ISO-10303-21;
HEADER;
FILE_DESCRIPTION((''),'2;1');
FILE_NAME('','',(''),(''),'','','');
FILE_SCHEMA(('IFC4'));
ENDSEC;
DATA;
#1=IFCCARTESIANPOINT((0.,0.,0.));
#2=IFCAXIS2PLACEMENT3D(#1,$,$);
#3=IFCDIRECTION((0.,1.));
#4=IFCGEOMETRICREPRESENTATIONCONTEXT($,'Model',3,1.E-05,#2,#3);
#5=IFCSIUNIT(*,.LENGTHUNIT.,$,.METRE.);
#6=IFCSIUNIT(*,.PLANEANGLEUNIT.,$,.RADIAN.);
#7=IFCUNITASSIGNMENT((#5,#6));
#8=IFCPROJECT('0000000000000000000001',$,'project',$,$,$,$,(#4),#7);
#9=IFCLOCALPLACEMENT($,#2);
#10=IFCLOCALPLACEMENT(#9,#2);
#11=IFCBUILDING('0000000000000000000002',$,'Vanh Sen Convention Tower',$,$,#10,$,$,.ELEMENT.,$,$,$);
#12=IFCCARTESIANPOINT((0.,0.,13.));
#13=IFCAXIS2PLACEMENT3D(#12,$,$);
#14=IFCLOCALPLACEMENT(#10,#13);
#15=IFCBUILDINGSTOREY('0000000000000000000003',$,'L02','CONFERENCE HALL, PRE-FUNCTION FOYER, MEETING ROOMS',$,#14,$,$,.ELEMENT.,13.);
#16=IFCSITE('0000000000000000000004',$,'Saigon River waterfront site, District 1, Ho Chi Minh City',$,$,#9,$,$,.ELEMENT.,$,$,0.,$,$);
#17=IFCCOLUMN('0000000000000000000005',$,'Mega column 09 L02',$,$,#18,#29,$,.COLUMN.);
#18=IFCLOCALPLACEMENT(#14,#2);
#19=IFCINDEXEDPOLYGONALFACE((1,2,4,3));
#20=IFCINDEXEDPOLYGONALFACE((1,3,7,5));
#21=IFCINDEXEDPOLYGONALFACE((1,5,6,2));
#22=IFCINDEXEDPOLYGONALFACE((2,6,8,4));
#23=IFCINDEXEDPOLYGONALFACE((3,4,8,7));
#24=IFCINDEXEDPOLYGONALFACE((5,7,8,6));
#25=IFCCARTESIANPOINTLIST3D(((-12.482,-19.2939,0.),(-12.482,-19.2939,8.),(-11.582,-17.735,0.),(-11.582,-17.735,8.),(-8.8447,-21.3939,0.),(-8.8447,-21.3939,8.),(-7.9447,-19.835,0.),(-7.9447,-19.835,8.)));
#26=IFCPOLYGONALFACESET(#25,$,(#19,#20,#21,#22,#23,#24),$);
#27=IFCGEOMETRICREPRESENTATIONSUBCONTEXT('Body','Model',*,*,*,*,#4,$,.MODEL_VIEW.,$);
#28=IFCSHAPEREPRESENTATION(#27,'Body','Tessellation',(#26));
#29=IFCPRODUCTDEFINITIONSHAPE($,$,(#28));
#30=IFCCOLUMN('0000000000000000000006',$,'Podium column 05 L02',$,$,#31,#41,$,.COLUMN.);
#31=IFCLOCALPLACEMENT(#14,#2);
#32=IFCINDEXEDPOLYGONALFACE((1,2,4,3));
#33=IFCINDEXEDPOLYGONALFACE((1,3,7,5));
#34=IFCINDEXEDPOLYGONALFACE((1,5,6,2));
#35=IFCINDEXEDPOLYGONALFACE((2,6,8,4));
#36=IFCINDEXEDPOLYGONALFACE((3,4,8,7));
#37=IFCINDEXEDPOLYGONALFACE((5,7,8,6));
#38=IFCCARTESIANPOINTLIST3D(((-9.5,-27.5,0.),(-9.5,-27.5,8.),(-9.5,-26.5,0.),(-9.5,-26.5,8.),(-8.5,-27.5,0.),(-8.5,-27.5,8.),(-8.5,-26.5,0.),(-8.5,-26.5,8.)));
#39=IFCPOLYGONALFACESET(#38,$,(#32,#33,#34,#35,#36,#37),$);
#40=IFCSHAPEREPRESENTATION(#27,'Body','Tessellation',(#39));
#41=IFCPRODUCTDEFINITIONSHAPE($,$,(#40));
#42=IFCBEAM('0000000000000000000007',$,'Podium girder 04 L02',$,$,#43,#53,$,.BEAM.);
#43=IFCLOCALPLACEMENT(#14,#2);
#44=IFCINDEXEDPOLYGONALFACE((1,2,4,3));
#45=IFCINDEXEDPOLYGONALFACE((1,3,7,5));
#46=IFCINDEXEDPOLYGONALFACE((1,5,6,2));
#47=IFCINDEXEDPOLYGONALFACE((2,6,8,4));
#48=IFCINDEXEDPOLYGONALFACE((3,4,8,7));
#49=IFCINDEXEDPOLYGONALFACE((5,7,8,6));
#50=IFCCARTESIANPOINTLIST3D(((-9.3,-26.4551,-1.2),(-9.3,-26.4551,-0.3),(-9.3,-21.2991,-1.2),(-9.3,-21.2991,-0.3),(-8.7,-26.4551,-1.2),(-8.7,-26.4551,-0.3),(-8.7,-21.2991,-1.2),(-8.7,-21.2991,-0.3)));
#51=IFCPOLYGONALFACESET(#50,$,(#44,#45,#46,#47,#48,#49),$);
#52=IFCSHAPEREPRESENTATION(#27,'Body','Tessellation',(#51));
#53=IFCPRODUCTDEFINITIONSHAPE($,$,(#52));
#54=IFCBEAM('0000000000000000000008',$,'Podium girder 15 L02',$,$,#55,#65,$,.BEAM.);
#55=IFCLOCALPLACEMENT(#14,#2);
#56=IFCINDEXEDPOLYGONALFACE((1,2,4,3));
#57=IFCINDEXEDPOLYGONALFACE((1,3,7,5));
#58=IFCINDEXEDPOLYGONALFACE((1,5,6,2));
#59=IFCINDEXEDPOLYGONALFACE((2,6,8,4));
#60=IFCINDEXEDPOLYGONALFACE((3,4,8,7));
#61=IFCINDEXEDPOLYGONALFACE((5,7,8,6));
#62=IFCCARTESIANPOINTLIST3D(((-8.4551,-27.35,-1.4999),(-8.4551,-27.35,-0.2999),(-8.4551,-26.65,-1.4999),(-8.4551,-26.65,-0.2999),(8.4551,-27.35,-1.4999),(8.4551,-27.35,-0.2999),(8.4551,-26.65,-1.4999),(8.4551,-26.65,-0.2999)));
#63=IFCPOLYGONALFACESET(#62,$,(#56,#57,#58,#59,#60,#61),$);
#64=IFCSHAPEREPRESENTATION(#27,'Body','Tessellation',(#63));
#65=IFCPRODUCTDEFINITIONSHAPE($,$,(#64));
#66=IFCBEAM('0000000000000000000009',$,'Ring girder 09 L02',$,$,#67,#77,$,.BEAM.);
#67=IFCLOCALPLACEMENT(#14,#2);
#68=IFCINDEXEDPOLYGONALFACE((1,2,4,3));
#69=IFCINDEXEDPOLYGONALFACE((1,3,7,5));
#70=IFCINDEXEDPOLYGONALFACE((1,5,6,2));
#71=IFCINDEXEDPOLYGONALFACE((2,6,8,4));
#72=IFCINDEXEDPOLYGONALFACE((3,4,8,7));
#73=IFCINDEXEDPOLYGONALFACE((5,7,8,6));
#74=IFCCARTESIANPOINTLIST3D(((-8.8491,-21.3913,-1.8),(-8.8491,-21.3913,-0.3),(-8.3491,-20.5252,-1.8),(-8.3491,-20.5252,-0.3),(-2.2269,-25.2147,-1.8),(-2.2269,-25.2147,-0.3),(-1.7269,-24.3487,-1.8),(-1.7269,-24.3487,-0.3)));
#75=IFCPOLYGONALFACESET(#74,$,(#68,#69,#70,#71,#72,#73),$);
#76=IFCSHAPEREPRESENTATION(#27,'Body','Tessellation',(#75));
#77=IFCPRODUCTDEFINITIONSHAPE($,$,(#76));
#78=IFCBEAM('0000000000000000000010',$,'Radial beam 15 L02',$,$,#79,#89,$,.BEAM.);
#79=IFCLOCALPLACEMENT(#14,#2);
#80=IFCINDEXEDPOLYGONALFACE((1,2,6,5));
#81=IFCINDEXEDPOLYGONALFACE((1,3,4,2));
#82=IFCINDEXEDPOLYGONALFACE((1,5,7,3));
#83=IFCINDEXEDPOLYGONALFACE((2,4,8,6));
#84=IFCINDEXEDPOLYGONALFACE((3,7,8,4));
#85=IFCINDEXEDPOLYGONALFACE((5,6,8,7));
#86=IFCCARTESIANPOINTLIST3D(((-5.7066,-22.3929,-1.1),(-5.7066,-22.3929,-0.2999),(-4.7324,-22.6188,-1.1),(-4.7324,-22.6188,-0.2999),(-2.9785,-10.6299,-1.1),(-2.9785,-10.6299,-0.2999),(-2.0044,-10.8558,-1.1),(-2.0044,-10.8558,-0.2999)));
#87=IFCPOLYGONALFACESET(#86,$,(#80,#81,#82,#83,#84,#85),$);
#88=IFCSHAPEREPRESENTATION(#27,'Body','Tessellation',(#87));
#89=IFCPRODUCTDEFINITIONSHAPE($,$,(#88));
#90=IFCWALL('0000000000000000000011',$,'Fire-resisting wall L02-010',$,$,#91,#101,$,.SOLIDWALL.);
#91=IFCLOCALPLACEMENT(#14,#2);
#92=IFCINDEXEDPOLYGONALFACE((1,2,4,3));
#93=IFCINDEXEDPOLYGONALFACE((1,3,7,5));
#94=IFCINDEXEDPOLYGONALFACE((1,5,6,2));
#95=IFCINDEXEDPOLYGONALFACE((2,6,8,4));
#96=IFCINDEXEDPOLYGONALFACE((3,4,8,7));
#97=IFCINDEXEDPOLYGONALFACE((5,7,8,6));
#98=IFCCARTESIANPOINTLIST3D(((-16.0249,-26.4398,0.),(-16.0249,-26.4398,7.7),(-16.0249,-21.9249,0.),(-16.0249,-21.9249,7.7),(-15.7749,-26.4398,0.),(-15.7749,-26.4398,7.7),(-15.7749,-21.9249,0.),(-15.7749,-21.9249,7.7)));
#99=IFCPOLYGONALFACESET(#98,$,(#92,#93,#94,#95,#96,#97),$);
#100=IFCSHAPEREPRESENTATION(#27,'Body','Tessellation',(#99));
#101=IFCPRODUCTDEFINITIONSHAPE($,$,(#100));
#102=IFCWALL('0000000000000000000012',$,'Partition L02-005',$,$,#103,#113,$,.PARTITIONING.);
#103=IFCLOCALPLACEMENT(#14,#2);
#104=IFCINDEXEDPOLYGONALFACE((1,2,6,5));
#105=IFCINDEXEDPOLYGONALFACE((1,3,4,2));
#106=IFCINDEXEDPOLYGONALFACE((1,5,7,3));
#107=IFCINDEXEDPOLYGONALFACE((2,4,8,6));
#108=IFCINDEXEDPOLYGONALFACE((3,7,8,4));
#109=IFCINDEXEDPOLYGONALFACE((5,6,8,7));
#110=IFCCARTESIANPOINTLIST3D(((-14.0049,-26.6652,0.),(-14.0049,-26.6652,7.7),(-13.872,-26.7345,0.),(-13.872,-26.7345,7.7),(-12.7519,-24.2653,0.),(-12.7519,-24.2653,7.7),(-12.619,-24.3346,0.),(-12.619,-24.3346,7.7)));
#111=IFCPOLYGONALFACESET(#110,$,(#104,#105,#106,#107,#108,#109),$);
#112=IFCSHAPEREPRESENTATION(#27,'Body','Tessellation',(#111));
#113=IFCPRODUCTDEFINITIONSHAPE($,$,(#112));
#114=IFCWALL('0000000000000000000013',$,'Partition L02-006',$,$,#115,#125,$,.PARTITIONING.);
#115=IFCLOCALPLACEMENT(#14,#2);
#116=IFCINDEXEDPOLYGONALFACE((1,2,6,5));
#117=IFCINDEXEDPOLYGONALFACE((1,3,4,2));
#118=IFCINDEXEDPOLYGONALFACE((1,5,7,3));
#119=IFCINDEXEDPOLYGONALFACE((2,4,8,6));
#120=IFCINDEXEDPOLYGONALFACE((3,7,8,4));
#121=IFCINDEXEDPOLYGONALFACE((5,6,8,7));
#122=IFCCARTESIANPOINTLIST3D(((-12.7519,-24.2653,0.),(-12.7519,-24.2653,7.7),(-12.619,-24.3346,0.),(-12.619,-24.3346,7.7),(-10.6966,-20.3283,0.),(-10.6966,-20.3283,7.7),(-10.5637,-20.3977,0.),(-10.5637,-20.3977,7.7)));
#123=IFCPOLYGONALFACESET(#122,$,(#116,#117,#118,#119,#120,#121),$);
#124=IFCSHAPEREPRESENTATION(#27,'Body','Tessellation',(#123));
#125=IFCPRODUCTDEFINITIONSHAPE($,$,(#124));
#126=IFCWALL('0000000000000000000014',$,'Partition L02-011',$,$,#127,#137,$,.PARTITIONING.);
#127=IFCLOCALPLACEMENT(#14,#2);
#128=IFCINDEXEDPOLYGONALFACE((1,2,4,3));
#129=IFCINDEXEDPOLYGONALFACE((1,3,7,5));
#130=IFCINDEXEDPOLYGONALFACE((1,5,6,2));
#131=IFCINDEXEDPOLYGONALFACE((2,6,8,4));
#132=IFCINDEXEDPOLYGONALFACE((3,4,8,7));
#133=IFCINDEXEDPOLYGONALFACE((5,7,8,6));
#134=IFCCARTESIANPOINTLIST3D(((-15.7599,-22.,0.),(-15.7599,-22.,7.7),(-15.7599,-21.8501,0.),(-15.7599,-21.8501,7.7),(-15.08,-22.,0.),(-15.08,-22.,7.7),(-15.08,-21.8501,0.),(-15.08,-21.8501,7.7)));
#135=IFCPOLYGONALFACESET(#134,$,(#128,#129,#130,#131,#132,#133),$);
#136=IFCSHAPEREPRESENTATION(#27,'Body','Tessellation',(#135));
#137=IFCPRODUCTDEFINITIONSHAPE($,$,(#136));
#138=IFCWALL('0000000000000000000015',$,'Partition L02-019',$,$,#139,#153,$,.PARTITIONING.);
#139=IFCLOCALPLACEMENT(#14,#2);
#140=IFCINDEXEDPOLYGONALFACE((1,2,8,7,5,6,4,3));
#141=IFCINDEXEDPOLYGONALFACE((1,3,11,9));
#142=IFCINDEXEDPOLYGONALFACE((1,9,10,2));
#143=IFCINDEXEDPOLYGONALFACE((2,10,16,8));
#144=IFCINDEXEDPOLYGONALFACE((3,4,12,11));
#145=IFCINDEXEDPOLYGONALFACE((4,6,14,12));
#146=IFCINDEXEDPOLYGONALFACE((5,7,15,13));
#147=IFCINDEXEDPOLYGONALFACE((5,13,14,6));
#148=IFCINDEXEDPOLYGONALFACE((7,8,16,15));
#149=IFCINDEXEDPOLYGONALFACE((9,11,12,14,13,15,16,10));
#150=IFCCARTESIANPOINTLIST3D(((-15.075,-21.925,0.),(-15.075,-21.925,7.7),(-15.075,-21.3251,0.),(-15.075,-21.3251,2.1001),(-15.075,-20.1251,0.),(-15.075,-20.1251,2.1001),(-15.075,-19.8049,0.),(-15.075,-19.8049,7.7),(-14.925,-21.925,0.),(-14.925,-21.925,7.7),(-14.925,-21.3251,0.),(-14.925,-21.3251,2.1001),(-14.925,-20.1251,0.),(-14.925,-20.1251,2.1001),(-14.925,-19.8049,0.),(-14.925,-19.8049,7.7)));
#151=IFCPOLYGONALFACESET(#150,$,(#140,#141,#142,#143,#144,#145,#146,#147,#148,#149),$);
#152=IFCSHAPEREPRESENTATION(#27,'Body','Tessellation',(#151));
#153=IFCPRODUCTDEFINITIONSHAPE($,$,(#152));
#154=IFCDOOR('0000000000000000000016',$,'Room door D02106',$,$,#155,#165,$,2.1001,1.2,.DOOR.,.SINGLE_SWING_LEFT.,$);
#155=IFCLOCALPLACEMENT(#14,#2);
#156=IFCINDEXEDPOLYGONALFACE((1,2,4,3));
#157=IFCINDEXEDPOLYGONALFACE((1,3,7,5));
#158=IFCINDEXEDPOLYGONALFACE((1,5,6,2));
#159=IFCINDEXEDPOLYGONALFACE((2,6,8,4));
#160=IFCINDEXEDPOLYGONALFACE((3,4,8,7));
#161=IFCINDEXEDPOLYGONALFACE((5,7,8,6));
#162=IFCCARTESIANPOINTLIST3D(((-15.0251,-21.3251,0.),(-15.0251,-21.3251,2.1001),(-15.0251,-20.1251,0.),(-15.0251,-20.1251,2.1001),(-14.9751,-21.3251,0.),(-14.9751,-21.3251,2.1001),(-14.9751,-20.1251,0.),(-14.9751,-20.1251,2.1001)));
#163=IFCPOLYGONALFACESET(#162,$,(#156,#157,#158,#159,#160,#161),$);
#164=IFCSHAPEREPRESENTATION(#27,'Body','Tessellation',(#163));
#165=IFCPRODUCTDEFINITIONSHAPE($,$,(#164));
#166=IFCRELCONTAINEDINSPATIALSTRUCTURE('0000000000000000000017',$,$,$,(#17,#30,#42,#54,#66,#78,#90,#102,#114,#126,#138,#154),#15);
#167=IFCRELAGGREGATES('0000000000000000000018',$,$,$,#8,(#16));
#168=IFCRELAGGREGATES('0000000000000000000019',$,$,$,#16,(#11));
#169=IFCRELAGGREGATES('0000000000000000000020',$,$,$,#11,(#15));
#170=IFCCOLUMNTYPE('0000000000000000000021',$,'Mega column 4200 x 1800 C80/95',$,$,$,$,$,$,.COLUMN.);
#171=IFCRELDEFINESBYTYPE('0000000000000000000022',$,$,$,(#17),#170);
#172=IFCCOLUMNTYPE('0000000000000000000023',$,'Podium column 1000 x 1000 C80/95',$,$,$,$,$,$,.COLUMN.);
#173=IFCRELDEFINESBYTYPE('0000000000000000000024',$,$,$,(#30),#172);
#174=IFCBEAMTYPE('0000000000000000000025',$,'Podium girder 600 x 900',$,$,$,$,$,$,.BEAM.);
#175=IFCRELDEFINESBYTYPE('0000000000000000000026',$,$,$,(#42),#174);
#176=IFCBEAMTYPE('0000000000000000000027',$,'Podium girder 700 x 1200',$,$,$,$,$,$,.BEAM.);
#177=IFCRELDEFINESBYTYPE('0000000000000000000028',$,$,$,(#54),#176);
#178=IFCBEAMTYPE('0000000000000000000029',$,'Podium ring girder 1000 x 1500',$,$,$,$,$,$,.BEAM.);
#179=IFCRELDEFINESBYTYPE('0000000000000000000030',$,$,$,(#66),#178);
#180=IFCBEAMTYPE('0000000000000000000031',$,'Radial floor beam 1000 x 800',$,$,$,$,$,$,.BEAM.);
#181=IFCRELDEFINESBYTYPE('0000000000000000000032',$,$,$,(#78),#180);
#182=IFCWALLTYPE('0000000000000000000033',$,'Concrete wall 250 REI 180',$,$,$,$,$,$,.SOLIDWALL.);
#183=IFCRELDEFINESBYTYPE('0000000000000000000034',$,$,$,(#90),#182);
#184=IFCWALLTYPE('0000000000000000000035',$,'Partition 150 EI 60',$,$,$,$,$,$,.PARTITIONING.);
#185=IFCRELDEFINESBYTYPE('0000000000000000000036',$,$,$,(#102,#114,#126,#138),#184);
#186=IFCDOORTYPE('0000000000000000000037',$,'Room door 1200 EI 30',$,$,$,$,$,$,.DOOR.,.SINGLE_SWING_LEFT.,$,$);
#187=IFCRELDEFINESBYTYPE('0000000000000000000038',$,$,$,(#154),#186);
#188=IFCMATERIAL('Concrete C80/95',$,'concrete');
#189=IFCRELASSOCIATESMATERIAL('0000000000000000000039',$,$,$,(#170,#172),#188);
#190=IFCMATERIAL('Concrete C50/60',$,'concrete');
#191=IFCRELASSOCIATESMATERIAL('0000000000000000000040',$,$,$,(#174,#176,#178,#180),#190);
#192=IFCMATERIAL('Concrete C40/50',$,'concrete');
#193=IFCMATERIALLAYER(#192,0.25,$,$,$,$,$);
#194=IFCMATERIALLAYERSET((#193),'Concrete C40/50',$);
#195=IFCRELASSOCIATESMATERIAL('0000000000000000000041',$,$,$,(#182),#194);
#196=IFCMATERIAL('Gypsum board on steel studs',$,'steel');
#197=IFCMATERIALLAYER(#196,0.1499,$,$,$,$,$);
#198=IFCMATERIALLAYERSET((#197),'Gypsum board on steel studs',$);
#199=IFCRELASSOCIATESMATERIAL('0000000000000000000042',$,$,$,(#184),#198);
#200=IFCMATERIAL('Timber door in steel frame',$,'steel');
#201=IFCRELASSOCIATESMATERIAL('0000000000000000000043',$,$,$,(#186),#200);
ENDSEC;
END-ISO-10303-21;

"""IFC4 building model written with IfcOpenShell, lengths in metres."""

from ifc_helpers import new_model, si_unit, direction, frame, frame_2d, origin, origin_2d, place, context, subcontext, project, spatial, rectangle, extrude, material, layer, layer_set, material_profile, profile_set, type_object, element, fill, save


model = new_model("IFC4")

# Units and contexts
model_context = context("Model", 3, precision=1e-05, world=origin(), true_north=direction((0.0, 1.0)))
body_context = subcontext(model_context, "Body", "Model", "MODEL_VIEW")
ifc_project = project(units=[si_unit("LENGTHUNIT", "METRE"), si_unit("PLANEANGLEUNIT", "RADIAN")], contexts=[model_context])

# Site, building, storey
site_placement = place(None, origin())
site = spatial("IfcSite", under=ifc_project, at=site_placement, Name="Saigon River waterfront site, District 1, Ho Chi Minh City", CompositionType="ELEMENT", RefElevation=0.0)
building_placement = place(site_placement, origin())
building = spatial("IfcBuilding", under=site, at=building_placement, Name="Vanh Sen Convention Tower", CompositionType="ELEMENT")
storey_placement = place(building_placement, frame((0.0, 0.0, 13.0)))
storey = spatial("IfcBuildingStorey", under=building, at=storey_placement, Name="L02", Description="CONFERENCE HALL, PRE-FUNCTION FOYER, MEETING ROOMS", CompositionType="ELEMENT", Elevation=13.0)

# Columns
ifc_material_1 = material(Name="Concrete C80/95", Category="concrete")
ifc_material_profile_1 = material_profile(ifc_material_1, rectangle(XDim=4.2, YDim=1.8, at=origin_2d()), Name="RC 4200X1800")
ifc_profile_set_1 = profile_set([ifc_material_profile_1], Name="Concrete C80/95")
column_type_1 = type_object("IfcColumnType", Name="Mega column 4200 x 1800 C80/95", PredefinedType="COLUMN", material=ifc_profile_set_1)
column_1_placement = place(storey_placement, frame((-10.2134, -19.5645, 0.0), z_axis=(0.0, 0.0, 1.0), x_axis=(0.866028, -0.499995, 0.0)))
element("IfcColumn", 1, at=column_1_placement, inside=storey, type_object=column_type_1, Name="Mega column 09 L02", PredefinedType="COLUMN", context=body_context, shape_type="SweptSolid", body=[
    extrude(rectangle(XDim=4.2, YDim=1.8, at=origin_2d()), origin(), (0.0, 0.0, 1.0), 8.0),
])
ifc_material_profile_2 = material_profile(ifc_material_1, rectangle(XDim=1.0, YDim=1.0, at=origin_2d()), Name="RC 1000X1000")
ifc_profile_set_2 = profile_set([ifc_material_profile_2], Name="Concrete C80/95")
column_type_2 = type_object("IfcColumnType", Name="Podium column 1000 x 1000 C80/95", PredefinedType="COLUMN", material=ifc_profile_set_2)
column_2_placement = place(storey_placement, frame((-9.0, -27.0, 0.0), z_axis=(0.0, 0.0, 1.0), x_axis=(1.0, 0.0, 0.0)))
element("IfcColumn", 2, at=column_2_placement, inside=storey, type_object=column_type_2, Name="Podium column 05 L02", PredefinedType="COLUMN", context=body_context, shape_type="SweptSolid", body=[
    extrude(rectangle(XDim=1.0, YDim=1.0, at=origin_2d()), origin(), (0.0, 0.0, 1.0), 8.0),
])

# Beams
ifc_material_2 = material(Name="Concrete C50/60", Category="concrete")
ifc_material_profile_3 = material_profile(ifc_material_2, rectangle(XDim=0.6001, YDim=0.8999, at=origin_2d()), Name="RC 600X900")
ifc_profile_set_3 = profile_set([ifc_material_profile_3], Name="Concrete C50/60")
beam_type_1 = type_object("IfcBeamType", Name="Podium girder 600 x 900", PredefinedType="BEAM", material=ifc_profile_set_3)
beam_1_placement = place(storey_placement, frame((-9.0, -26.4551, -0.75), z_axis=(0.0, 1.0, 0.0), x_axis=(-1.0, 0.0, 0.0)))
element("IfcBeam", 3, at=beam_1_placement, inside=storey, type_object=beam_type_1, Name="Podium girder 04 L02", PredefinedType="BEAM", context=body_context, shape_type="SweptSolid", body=[
    extrude(rectangle(XDim=0.6001, YDim=0.8999, at=origin_2d()), origin(), (0.0, 0.0, 1.0), 5.156),
])
ifc_material_profile_4 = material_profile(ifc_material_2, rectangle(XDim=0.7, YDim=1.2, at=origin_2d()), Name="RC 700X1200")
ifc_profile_set_4 = profile_set([ifc_material_profile_4], Name="Concrete C50/60")
beam_type_2 = type_object("IfcBeamType", Name="Podium girder 700 x 1200", PredefinedType="BEAM", material=ifc_profile_set_4)
beam_2_placement = place(storey_placement, frame((-8.4551, -27.0, -0.8999), z_axis=(1.0, 0.0, 0.0), x_axis=(0.0, 1.0, 0.0)))
element("IfcBeam", 4, at=beam_2_placement, inside=storey, type_object=beam_type_2, Name="Podium girder 15 L02", PredefinedType="BEAM", context=body_context, shape_type="SweptSolid", body=[
    extrude(rectangle(XDim=0.7, YDim=1.2, at=origin_2d()), origin(), (0.0, 0.0, 1.0), 16.9102),
])
ifc_material_profile_5 = material_profile(ifc_material_2, rectangle(XDim=1.0, YDim=1.5, at=origin_2d()), Name="RC 1000X1500")
ifc_profile_set_5 = profile_set([ifc_material_profile_5], Name="Concrete C50/60")
beam_type_3 = type_object("IfcBeamType", Name="Podium ring girder 1000 x 1500", PredefinedType="BEAM", material=ifc_profile_set_5)
beam_3_placement = place(storey_placement, frame((-8.5991, -20.9583, -1.05), z_axis=(0.86602, -0.500009, 0.0), x_axis=(0.500009, 0.86602, 0.0)))
element("IfcBeam", 5, at=beam_3_placement, inside=storey, type_object=beam_type_3, Name="Ring girder 09 L02", PredefinedType="BEAM", context=body_context, shape_type="SweptSolid", body=[
    extrude(rectangle(XDim=1.0, YDim=1.5, at=origin_2d()), origin(), (0.0, 0.0, 1.0), 7.6467),
])
ifc_material_profile_6 = material_profile(ifc_material_2, rectangle(XDim=1.0, YDim=0.8, at=origin_2d()), Name="RC 1000X800")
ifc_profile_set_6 = profile_set([ifc_material_profile_6], Name="Concrete C50/60")
beam_type_4 = type_object("IfcBeamType", Name="Radial floor beam 1000 x 800", PredefinedType="BEAM", material=ifc_profile_set_6)
beam_4_placement = place(storey_placement, frame((-5.2195, -22.5059, -0.7), z_axis=(0.225921, 0.974146, 0.0), x_axis=(-0.974146, 0.225921, 0.0)))
element("IfcBeam", 6, at=beam_4_placement, inside=storey, type_object=beam_type_4, Name="Radial beam 15 L02", PredefinedType="BEAM", context=body_context, shape_type="SweptSolid", body=[
    extrude(rectangle(XDim=1.0, YDim=0.8, at=origin_2d()), origin(), (0.0, 0.0, 1.0), 12.0752),
])

# Walls
ifc_material_3 = material(Name="Concrete C40/50", Category="concrete")
ifc_layer_1 = layer(ifc_material_3, 0.25)
ifc_layer_set_1 = layer_set([ifc_layer_1], Name="Concrete C40/50")
wall_type_1 = type_object("IfcWallType", Name="Concrete wall 250 REI 180", PredefinedType="SOLIDWALL", material=ifc_layer_set_1)
wall_1_placement = place(storey_placement, frame((-15.8999, -21.925, 0.0), z_axis=(0.0, 0.0, 1.0), x_axis=(0.0, -1.0, 0.0)))
element("IfcWall", 7, at=wall_1_placement, inside=storey, type_object=wall_type_1, Name="Fire-resisting wall L02-010", PredefinedType="SOLIDWALL", context=body_context, shape_type="SweptSolid", body=[
    extrude(rectangle(XDim=4.5149, YDim=0.25, at=frame_2d((2.2573, 0.0))), origin(), (0.0, 0.0, 1.0), 7.7),
])
ifc_material_4 = material(Name="Gypsum board on steel studs", Category="steel")
ifc_layer_2 = layer(ifc_material_4, 0.1499)
ifc_layer_set_2 = layer_set([ifc_layer_2], Name="Gypsum board on steel studs")
wall_type_2 = type_object("IfcWallType", Name="Partition 150 EI 60", PredefinedType="PARTITIONING", material=ifc_layer_set_2)
wall_2_placement = place(storey_placement, frame((-12.6855, -24.3, 0.0), z_axis=(0.0, 0.0, 1.0), x_axis=(-0.4628, -0.886463, 0.0)))
element("IfcWall", 8, at=wall_2_placement, inside=storey, type_object=wall_type_2, Name="Partition L02-005", PredefinedType="PARTITIONING", context=body_context, shape_type="SweptSolid", body=[
    extrude(rectangle(XDim=2.7073, YDim=0.1499, at=frame_2d((1.3535, 0.0))), origin(), (0.0, 0.0, 1.0), 7.7),
])
wall_3_placement = place(storey_placement, frame((-12.6855, -24.3, 0.0), z_axis=(0.0, 0.0, 1.0), x_axis=(0.462801, 0.886462, 0.0)))
element("IfcWall", 9, at=wall_3_placement, inside=storey, type_object=wall_type_2, Name="Partition L02-006", PredefinedType="PARTITIONING", context=body_context, shape_type="SweptSolid", body=[
    extrude(rectangle(XDim=4.4412, YDim=0.1499, at=frame_2d((2.2207, 0.0))), origin(), (0.0, 0.0, 1.0), 7.7),
])
wall_4_placement = place(storey_placement, frame((-15.0801, -21.925, 0.0), z_axis=(0.0, 0.0, 1.0), x_axis=(-1.0, 0.0, 0.0)))
element("IfcWall", 10, at=wall_4_placement, inside=storey, type_object=wall_type_2, Name="Partition L02-011", PredefinedType="PARTITIONING", context=body_context, shape_type="SweptSolid", body=[
    extrude(rectangle(XDim=0.6799, YDim=0.1499, at=frame_2d((0.3398, 0.0))), origin(), (0.0, 0.0, 1.0), 7.7),
])

# Wall, opening, door
wall_5_placement = place(storey_placement, frame((-15.0, -19.8049, 0.0), z_axis=(0.0, 0.0, 1.0), x_axis=(0.0, -1.0, 0.0)))
wall_5 = element("IfcWall", 11, at=wall_5_placement, inside=storey, type_object=wall_type_2, Name="Partition L02-019", PredefinedType="PARTITIONING", context=body_context, shape_type="SweptSolid", body=[
    extrude(rectangle(XDim=2.1201, YDim=0.1499, at=frame_2d((1.0601, 0.0))), origin(), (0.0, 0.0, 1.0), 7.7),
])
opening_1_placement = place(wall_5_placement, frame((0.3201, 0.0, 0.0)))
opening_1 = element("IfcOpeningElement", 12, at=opening_1_placement, cuts=wall_5, PredefinedType="OPENING", context=body_context, shape_type="SweptSolid", body=[
    extrude(rectangle(XDim=1.2, YDim=2.1001, at=frame_2d((0.6001, 1.05))), frame((0.0, 0.085, 0.0), z_axis=(0.0, -1.0, 0.0), x_axis=(1.0, 0.0, 0.0)), (0.0, 0.0, 1.0), 0.1699),
])
ifc_material_5 = material(Name="Timber door in steel frame", Category="steel")
door_type = type_object("IfcDoorType", Name="Room door 1200 EI 30", OperationType="SINGLE_SWING_LEFT", PredefinedType="DOOR", material=ifc_material_5)
door_1_placement = place(opening_1_placement, origin())
door_1 = element("IfcDoor", 13, at=door_1_placement, inside=storey, type_object=door_type, Name="Room door D02106", OperationType="SINGLE_SWING_LEFT", OverallHeight=2.1001, OverallWidth=1.2, PredefinedType="DOOR", context=body_context, shape_type="SweptSolid", body=[
    extrude(rectangle(XDim=1.2, YDim=2.1001, at=frame_2d((0.6001, 1.05))), frame((0.0, 0.0249, 0.0), z_axis=(0.0, -1.0, 0.0), x_axis=(1.0, 0.0, 0.0)), (0.0, 0.0, 1.0), 0.05),
])
fill(opening_1, door_1)

save(model, "model.ifc")
